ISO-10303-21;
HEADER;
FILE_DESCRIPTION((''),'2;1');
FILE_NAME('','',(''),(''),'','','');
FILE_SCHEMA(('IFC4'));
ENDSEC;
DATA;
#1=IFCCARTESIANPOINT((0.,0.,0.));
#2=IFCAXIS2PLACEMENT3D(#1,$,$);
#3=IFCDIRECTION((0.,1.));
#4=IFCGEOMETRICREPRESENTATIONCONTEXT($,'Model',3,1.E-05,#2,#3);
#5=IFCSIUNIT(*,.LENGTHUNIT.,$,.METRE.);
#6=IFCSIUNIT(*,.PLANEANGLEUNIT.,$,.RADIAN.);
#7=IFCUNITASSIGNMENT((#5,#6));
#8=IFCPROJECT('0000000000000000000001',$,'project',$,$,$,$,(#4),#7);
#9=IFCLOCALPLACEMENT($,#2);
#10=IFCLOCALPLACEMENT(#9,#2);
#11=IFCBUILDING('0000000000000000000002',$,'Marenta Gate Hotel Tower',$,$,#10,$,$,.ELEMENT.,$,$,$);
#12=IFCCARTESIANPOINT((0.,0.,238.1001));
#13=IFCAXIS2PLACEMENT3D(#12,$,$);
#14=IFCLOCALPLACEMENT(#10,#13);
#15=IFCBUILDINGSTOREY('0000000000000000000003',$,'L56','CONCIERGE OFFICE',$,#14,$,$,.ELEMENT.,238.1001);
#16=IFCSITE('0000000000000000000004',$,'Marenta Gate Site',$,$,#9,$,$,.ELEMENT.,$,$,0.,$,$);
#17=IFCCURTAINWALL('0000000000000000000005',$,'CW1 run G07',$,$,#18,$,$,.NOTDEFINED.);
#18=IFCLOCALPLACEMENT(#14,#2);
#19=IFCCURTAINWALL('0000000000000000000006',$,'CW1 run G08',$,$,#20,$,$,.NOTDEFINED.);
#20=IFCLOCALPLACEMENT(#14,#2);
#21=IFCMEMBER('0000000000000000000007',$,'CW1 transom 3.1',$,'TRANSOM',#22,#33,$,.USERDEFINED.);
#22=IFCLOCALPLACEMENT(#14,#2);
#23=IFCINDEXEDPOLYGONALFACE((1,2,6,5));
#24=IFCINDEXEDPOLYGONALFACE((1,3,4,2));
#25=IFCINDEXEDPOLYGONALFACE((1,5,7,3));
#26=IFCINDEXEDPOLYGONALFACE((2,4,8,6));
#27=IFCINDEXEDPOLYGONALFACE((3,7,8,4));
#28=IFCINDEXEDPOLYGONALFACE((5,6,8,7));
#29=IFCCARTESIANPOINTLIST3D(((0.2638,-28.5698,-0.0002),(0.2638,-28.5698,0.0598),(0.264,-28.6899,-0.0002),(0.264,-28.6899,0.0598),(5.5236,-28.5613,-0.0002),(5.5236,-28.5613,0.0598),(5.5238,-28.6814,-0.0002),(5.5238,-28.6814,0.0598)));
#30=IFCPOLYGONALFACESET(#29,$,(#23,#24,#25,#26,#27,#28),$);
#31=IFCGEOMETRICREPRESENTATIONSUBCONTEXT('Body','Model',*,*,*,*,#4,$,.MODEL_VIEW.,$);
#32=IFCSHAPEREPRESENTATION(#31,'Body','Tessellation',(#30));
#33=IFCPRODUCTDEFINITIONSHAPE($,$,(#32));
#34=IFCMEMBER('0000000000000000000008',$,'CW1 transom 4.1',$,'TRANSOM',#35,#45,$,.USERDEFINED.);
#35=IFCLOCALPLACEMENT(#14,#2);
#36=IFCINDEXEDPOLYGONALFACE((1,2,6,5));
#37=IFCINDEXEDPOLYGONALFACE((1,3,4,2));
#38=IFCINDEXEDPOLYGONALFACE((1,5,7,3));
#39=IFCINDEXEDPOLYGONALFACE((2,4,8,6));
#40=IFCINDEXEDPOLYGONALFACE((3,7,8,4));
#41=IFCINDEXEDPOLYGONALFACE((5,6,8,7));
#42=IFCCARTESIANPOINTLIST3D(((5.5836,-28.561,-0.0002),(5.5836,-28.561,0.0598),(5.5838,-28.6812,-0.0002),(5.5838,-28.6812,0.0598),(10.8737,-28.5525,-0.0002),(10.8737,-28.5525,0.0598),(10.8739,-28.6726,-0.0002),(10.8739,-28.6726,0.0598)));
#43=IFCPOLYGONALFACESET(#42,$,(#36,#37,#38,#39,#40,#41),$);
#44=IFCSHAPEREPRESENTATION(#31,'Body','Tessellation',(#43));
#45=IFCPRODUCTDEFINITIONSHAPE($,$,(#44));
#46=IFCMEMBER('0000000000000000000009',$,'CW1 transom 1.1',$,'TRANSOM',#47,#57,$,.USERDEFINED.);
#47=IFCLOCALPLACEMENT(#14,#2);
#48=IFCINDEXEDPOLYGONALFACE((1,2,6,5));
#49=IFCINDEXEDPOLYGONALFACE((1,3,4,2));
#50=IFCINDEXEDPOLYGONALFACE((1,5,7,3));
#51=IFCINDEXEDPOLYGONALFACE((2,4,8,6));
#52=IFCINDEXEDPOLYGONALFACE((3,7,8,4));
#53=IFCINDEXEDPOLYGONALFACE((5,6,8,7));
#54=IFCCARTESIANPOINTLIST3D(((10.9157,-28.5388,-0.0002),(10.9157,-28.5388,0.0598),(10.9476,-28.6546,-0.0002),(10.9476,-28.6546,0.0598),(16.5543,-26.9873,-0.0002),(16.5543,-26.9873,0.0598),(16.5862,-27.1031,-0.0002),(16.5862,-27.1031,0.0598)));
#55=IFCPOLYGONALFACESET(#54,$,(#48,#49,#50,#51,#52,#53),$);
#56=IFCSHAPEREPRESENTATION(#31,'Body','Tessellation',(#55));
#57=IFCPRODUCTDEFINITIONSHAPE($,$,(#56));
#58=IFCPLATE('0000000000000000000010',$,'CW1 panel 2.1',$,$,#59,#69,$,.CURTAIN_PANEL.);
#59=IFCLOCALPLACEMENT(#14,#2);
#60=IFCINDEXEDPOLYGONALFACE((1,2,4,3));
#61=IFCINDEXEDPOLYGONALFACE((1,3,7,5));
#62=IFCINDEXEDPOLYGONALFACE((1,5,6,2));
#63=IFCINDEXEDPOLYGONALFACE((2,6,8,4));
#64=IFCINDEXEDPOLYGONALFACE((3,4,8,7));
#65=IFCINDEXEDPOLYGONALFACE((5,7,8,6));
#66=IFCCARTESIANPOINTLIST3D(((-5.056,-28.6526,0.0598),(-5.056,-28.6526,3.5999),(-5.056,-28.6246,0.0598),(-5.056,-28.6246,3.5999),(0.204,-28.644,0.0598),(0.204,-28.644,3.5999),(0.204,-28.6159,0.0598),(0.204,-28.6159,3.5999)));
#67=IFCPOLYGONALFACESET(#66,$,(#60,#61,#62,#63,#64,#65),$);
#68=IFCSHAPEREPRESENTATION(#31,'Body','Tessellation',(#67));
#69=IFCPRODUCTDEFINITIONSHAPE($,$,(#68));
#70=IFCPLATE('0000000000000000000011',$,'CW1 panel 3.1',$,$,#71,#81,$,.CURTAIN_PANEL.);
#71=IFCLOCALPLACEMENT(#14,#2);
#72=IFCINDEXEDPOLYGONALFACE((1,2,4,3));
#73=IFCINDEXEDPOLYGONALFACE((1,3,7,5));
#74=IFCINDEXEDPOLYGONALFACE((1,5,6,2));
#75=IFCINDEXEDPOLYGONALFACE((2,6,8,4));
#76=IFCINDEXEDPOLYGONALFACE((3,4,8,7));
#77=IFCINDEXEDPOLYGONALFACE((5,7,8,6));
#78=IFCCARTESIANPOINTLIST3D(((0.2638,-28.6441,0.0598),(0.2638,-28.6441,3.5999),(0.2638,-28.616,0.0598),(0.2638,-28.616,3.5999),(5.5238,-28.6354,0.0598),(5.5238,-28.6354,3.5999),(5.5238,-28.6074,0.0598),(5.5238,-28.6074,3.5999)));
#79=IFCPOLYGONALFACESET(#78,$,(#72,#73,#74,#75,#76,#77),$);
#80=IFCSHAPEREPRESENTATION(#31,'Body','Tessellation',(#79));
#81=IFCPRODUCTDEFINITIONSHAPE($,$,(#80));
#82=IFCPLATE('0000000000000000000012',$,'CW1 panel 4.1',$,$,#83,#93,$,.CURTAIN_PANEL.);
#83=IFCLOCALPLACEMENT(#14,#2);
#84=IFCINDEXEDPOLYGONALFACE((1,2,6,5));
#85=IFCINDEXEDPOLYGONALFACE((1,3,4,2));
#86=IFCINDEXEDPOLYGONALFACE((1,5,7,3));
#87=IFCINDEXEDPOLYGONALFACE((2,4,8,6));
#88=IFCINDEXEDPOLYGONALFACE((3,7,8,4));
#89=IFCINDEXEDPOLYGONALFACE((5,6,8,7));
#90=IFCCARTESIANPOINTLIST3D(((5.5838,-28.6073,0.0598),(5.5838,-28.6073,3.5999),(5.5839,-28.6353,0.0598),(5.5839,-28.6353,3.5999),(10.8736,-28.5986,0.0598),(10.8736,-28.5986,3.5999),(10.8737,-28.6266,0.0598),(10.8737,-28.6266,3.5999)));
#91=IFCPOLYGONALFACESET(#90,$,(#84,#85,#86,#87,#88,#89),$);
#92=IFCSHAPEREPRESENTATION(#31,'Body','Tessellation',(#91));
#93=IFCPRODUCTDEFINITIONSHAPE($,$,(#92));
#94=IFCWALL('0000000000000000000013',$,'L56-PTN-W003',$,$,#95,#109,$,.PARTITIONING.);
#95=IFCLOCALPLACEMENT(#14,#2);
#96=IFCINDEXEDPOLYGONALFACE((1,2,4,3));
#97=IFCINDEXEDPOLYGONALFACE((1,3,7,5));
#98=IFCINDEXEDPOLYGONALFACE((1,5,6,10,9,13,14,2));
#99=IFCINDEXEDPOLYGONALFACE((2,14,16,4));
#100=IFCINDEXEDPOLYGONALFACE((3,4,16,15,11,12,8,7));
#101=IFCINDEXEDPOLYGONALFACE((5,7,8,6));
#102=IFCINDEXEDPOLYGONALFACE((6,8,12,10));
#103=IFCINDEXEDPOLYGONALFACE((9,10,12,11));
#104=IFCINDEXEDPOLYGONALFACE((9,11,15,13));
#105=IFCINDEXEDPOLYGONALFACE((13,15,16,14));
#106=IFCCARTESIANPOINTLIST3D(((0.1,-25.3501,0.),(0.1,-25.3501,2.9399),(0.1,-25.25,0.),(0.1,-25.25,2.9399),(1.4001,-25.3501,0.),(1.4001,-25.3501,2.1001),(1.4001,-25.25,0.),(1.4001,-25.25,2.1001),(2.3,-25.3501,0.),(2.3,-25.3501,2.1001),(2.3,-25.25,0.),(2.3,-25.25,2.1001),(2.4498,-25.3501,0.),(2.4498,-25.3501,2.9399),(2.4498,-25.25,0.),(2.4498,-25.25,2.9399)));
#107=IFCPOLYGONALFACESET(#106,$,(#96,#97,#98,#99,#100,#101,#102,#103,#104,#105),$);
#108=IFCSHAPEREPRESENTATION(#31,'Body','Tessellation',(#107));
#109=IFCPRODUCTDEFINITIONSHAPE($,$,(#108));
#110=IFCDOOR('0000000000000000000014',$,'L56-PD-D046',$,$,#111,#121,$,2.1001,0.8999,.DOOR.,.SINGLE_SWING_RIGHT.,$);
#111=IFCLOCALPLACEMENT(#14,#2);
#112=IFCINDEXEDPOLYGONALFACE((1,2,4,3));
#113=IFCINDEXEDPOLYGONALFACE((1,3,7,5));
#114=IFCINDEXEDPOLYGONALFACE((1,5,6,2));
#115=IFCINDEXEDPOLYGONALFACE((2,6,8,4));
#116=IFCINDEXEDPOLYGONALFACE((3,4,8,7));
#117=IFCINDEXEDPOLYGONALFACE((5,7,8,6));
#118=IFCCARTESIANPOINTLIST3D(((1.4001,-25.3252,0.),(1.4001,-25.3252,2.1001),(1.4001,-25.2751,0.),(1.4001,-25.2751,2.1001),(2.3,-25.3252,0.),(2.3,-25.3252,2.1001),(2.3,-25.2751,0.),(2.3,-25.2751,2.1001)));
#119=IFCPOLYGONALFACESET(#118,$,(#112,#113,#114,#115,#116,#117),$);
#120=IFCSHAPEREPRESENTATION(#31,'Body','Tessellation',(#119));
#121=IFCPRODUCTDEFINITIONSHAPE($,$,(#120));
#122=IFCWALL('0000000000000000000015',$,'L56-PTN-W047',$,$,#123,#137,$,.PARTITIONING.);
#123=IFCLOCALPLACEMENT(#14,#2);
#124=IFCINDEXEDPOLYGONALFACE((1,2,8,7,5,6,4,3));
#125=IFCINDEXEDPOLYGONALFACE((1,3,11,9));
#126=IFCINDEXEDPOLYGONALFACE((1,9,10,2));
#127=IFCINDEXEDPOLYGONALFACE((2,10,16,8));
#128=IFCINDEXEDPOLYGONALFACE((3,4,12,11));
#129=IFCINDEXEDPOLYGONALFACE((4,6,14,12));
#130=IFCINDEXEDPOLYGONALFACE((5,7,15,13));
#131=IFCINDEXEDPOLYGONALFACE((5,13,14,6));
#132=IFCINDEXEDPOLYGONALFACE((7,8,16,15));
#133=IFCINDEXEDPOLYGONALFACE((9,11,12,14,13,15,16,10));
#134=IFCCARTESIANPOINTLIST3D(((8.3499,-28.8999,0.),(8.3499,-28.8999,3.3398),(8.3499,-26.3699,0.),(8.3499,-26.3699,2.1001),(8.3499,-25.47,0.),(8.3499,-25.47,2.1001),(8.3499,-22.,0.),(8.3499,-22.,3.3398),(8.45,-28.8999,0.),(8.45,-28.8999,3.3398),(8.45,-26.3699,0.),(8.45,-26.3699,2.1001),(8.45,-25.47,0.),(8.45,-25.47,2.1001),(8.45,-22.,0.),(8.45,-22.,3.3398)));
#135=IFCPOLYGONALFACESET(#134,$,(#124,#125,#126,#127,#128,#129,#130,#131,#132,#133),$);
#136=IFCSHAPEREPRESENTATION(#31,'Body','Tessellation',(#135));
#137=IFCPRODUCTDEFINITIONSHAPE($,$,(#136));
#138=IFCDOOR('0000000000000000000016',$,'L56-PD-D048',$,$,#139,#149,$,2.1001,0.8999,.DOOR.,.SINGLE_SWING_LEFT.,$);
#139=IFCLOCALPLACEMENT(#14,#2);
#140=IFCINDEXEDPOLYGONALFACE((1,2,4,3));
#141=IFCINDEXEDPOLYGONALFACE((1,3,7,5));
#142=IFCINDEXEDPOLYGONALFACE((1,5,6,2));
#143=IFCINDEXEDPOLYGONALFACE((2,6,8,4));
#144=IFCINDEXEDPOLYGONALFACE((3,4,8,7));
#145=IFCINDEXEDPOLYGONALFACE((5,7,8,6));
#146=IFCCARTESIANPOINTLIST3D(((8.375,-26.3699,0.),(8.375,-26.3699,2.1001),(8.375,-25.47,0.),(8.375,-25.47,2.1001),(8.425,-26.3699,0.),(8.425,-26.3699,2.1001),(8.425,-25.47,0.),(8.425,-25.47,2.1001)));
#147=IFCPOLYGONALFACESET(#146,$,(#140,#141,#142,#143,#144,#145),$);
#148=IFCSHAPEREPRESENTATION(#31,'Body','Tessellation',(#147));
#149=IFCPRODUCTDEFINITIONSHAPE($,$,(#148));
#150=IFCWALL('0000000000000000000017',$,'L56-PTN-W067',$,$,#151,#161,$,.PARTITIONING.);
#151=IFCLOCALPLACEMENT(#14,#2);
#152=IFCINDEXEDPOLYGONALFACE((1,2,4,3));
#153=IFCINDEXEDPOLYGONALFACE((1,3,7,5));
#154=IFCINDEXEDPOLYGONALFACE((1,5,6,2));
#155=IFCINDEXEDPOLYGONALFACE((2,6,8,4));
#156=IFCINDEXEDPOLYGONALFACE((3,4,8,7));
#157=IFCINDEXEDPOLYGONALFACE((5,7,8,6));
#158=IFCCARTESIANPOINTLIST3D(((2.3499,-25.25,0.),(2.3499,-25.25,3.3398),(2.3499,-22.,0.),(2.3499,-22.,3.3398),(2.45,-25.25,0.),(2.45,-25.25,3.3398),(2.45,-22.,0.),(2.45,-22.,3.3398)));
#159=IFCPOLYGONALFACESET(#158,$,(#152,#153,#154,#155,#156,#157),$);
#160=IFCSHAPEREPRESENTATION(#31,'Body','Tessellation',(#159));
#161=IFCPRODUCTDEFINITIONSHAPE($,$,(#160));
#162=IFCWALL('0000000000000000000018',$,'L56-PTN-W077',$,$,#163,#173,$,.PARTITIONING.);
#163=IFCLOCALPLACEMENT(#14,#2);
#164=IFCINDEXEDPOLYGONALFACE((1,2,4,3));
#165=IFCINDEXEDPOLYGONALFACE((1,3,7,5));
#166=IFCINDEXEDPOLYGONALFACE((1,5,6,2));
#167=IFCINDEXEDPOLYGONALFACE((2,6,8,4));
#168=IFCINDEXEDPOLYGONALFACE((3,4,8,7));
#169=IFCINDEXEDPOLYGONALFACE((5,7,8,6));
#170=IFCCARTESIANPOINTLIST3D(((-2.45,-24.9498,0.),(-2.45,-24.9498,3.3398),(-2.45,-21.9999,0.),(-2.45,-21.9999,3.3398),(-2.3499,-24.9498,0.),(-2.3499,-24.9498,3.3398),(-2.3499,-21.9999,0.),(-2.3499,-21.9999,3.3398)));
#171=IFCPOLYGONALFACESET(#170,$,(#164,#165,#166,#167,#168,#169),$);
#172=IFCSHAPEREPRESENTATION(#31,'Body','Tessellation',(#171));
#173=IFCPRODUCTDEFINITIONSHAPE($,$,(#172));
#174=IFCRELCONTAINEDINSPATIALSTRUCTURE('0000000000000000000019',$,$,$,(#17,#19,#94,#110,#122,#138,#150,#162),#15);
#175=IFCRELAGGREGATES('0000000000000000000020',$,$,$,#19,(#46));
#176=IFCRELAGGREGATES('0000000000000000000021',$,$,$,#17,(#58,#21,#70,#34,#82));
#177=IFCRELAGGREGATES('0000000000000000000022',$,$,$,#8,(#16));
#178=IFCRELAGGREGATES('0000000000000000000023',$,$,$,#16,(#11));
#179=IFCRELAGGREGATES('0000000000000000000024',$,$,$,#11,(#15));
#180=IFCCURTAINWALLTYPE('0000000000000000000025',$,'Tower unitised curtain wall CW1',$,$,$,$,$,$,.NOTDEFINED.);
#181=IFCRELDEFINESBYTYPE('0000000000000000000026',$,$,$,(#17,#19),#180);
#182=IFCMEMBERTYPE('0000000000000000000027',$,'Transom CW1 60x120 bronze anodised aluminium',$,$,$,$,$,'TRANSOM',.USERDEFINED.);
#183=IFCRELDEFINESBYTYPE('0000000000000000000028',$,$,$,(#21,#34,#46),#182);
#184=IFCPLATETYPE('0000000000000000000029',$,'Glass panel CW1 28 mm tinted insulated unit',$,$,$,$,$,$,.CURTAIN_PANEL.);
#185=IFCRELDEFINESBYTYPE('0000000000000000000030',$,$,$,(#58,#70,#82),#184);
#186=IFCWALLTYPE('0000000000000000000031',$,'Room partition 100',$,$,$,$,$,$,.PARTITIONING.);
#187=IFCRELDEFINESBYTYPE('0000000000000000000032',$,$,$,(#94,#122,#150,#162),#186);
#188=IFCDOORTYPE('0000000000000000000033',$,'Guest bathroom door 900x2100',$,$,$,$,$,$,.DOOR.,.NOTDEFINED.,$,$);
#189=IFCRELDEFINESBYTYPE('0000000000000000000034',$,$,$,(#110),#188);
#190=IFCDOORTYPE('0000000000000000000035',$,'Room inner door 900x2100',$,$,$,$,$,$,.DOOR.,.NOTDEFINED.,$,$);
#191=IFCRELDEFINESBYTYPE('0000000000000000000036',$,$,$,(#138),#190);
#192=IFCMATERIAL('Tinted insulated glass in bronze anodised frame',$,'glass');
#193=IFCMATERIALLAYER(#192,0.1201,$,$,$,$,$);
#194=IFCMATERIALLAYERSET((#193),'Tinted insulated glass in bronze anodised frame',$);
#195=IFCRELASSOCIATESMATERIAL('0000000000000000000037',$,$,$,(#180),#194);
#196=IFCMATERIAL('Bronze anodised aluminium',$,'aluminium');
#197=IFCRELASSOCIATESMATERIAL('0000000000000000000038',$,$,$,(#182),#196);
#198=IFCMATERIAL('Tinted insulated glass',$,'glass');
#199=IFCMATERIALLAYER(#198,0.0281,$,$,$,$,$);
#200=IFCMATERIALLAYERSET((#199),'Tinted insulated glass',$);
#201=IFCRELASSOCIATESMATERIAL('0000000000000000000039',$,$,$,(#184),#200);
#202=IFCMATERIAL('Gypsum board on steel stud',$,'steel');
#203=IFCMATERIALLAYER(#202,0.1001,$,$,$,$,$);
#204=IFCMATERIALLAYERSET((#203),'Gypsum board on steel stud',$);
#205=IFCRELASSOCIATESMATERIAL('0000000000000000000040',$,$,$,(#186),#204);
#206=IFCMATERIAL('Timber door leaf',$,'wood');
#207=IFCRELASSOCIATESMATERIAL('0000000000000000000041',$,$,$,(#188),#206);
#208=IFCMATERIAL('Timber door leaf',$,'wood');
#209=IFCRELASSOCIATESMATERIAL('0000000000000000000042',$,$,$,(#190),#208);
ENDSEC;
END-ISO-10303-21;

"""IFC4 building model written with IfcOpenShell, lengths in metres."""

from ifc_helpers import new_model, si_unit, direction, frame, frame_2d, origin, origin_2d, place, context, subcontext, project, spatial, rectangle, extrude, material, layer, layer_set, material_profile, profile_set, type_object, element, fill, aggregate, save


model = new_model("IFC4")

# Units and contexts
model_context = context("Model", 3, precision=1e-05, world=origin(), true_north=direction((0.0, 1.0)))
body_context = subcontext(model_context, "Body", "Model", "MODEL_VIEW")
ifc_project = project(units=[si_unit("LENGTHUNIT", "METRE"), si_unit("PLANEANGLEUNIT", "RADIAN")], contexts=[model_context])

# Site, building, storey
site_placement = place(None, origin())
site = spatial("IfcSite", under=ifc_project, at=site_placement, Name="Marenta Gate Site", CompositionType="ELEMENT", RefElevation=0.0)
building_placement = place(site_placement, origin())
building = spatial("IfcBuilding", under=site, at=building_placement, Name="Marenta Gate Hotel Tower", CompositionType="ELEMENT")
storey_placement = place(building_placement, frame((0.0, 0.0, 238.1001)))
storey = spatial("IfcBuildingStorey", under=building, at=storey_placement, Name="L56", Description="CONCIERGE OFFICE", CompositionType="ELEMENT", Elevation=238.1001)

# Curtain wall
ifc_material_1 = material(Name="Tinted insulated glass in bronze anodised frame", Category="glass")
ifc_layer_1 = layer(ifc_material_1, 0.1201)
ifc_layer_set_1 = layer_set([ifc_layer_1], Name="Tinted insulated glass in bronze anodised frame")
curtain_wall_type = type_object("IfcCurtainWallType", Name="Tower unitised curtain wall CW1", PredefinedType="NOTDEFINED", material=ifc_layer_set_1)
curtain_wall_1_placement = place(storey_placement, origin())
curtain_wall_1 = element("IfcCurtainWall", 1, at=curtain_wall_1_placement, inside=storey, type_object=curtain_wall_type, Name="CW1 run G07", PredefinedType="NOTDEFINED")

# Curtain wall
curtain_wall_2_placement = place(storey_placement, origin())
curtain_wall_2 = element("IfcCurtainWall", 2, at=curtain_wall_2_placement, inside=storey, type_object=curtain_wall_type, Name="CW1 run G08", PredefinedType="NOTDEFINED")

# Members
ifc_material_2 = material(Name="Bronze anodised aluminium", Category="aluminium")
ifc_material_profile_1 = material_profile(ifc_material_2, rectangle(XDim=0.1201, YDim=0.0601, at=origin_2d()), Name="Transom CW1 60x120 bronze anodised aluminium")
ifc_profile_set_1 = profile_set([ifc_material_profile_1], Name="Bronze anodised aluminium")
member_type_1 = type_object("IfcMemberType", Name="Transom CW1 60x120 bronze anodised aluminium", ElementType="TRANSOM", PredefinedType="USERDEFINED", material=ifc_profile_set_1)
member_1_placement = place(storey_placement, frame((0.2639, -28.6299, 0.0298), z_axis=(0.999999, 0.001625, 0.0), x_axis=(-0.001625, 0.999999, 0.0)))
member_1 = element("IfcMember", 3, at=member_1_placement, type_object=member_type_1, Name="CW1 transom 3.1", ObjectType="TRANSOM", PredefinedType="USERDEFINED", context=body_context, shape_type="SweptSolid", body=[
    extrude(rectangle(XDim=0.1201, YDim=0.0601, at=origin_2d()), origin(), (0.0, 0.0, 1.0), 5.2598),
])
member_2_placement = place(storey_placement, frame((5.5837, -28.6211, 0.0298), z_axis=(0.999999, 0.001615, 0.0), x_axis=(-0.001615, 0.999999, 0.0)))
member_2 = element("IfcMember", 4, at=member_2_placement, type_object=member_type_1, Name="CW1 transom 4.1", ObjectType="TRANSOM", PredefinedType="USERDEFINED", context=body_context, shape_type="SweptSolid", body=[
    extrude(rectangle(XDim=0.1201, YDim=0.0601, at=origin_2d()), origin(), (0.0, 0.0, 1.0), 5.29),
])
member_3_placement = place(storey_placement, frame((10.9316, -28.5967, 0.0298), z_axis=(0.964167, 0.265296, 0.0), x_axis=(-0.265296, 0.964167, 0.0)))
member_3 = element("IfcMember", 5, at=member_3_placement, type_object=member_type_1, Name="CW1 transom 1.1", ObjectType="TRANSOM", PredefinedType="USERDEFINED", context=body_context, shape_type="SweptSolid", body=[
    extrude(rectangle(XDim=0.1201, YDim=0.0601, at=origin_2d()), origin(), (0.0, 0.0, 1.0), 5.8481),
])
aggregate(curtain_wall_2, [member_3])

# Plates
ifc_material_3 = material(Name="Tinted insulated glass", Category="glass")
ifc_layer_2 = layer(ifc_material_3, 0.0281)
ifc_layer_set_2 = layer_set([ifc_layer_2], Name="Tinted insulated glass")
plate_type = type_object("IfcPlateType", Name="Glass panel CW1 28 mm tinted insulated unit", PredefinedType="CURTAIN_PANEL", material=ifc_layer_set_2)
plate_1_placement = place(storey_placement, frame((-2.426, -28.6343, 0.0598), z_axis=(0.0, 0.0, 1.0), x_axis=(0.999999, 0.001645, 0.0)))
plate_1 = element("IfcPlate", 6, at=plate_1_placement, type_object=plate_type, Name="CW1 panel 2.1", PredefinedType="CURTAIN_PANEL", context=body_context, shape_type="SweptSolid", body=[
    extrude(rectangle(XDim=5.26, YDim=0.0281, at=origin_2d()), origin(), (0.0, 0.0, 1.0), 3.54),
])
plate_2_placement = place(storey_placement, frame((2.8938, -28.6257, 0.0598), z_axis=(0.0, 0.0, 1.0), x_axis=(0.999999, 0.001645, 0.0)))
plate_2 = element("IfcPlate", 7, at=plate_2_placement, type_object=plate_type, Name="CW1 panel 3.1", PredefinedType="CURTAIN_PANEL", context=body_context, shape_type="SweptSolid", body=[
    extrude(rectangle(XDim=5.26, YDim=0.0281, at=origin_2d()), origin(), (0.0, 0.0, 1.0), 3.54),
])
plate_3_placement = place(storey_placement, frame((8.2288, -28.6169, 0.0598), z_axis=(0.0, 0.0, 1.0), x_axis=(0.999999, 0.001645, 0.0)))
plate_3 = element("IfcPlate", 8, at=plate_3_placement, type_object=plate_type, Name="CW1 panel 4.1", PredefinedType="CURTAIN_PANEL", context=body_context, shape_type="SweptSolid", body=[
    extrude(rectangle(XDim=5.2898, YDim=0.0281, at=origin_2d()), origin(), (0.0, 0.0, 1.0), 3.54),
])
aggregate(curtain_wall_1, [plate_1, member_1, plate_2, member_2, plate_3])

# Walls, openings, doors
ifc_material_4 = material(Name="Gypsum board on steel stud", Category="steel")
ifc_layer_3 = layer(ifc_material_4, 0.1001)
ifc_layer_set_3 = layer_set([ifc_layer_3], Name="Gypsum board on steel stud")
wall_type_1 = type_object("IfcWallType", Name="Room partition 100", PredefinedType="PARTITIONING", material=ifc_layer_set_3)
wall_1_placement = place(storey_placement, frame((0.1001, -25.3, 0.0), z_axis=(0.0, 0.0, 1.0), x_axis=(1.0, 0.0, 0.0)))
wall_1 = element("IfcWall", 9, at=wall_1_placement, inside=storey, type_object=wall_type_1, Name="L56-PTN-W003", PredefinedType="PARTITIONING", context=body_context, shape_type="SweptSolid", body=[
    extrude(rectangle(XDim=2.3499, YDim=0.1001, at=frame_2d((1.1748, 0.0))), origin(), (0.0, 0.0, 1.0), 2.9399),
])
opening_1_placement = place(wall_1_placement, frame((1.3, 0.0, 0.0)))
opening_1 = element("IfcOpeningElement", 10, at=opening_1_placement, cuts=wall_1, PredefinedType="OPENING", context=body_context, shape_type="SweptSolid", body=[
    extrude(rectangle(XDim=0.8999, YDim=2.1001, at=frame_2d((0.45, 1.05))), frame((0.0, 0.05, 0.0), z_axis=(0.0, -1.0, 0.0), x_axis=(1.0, 0.0, 0.0)), (0.0, 0.0, 1.0), 0.1001),
])
ifc_material_5 = material(Name="Timber door leaf", Category="wood")
door_type_1 = type_object("IfcDoorType", Name="Guest bathroom door 900x2100", OperationType="NOTDEFINED", PredefinedType="DOOR", material=ifc_material_5)
door_1_placement = place(opening_1_placement, origin())
door_1 = element("IfcDoor", 11, at=door_1_placement, inside=storey, type_object=door_type_1, Name="L56-PD-D046", OperationType="SINGLE_SWING_RIGHT", OverallHeight=2.1001, OverallWidth=0.8999, PredefinedType="DOOR", context=body_context, shape_type="SweptSolid", body=[
    extrude(rectangle(XDim=0.8999, YDim=2.1001, at=frame_2d((0.45, 1.05))), frame((0.0, 0.0249, 0.0), z_axis=(0.0, -1.0, 0.0), x_axis=(1.0, 0.0, 0.0)), (0.0, 0.0, 1.0), 0.05),
])
fill(opening_1, door_1)
wall_2_placement = place(storey_placement, frame((8.3999, -28.8999, 0.0), z_axis=(0.0, 0.0, 1.0), x_axis=(0.0, 1.0, 0.0)))
wall_2 = element("IfcWall", 12, at=wall_2_placement, inside=storey, type_object=wall_type_1, Name="L56-PTN-W047", PredefinedType="PARTITIONING", context=body_context, shape_type="SweptSolid", body=[
    extrude(rectangle(XDim=6.8999, YDim=0.1001, at=frame_2d((3.45, 0.0))), origin(), (0.0, 0.0, 1.0), 3.3398),
])
opening_2_placement = place(wall_2_placement, frame((2.53, 0.0, 0.0)))
opening_2 = element("IfcOpeningElement", 13, at=opening_2_placement, cuts=wall_2, PredefinedType="OPENING", context=body_context, shape_type="SweptSolid", body=[
    extrude(rectangle(XDim=0.8999, YDim=2.1001, at=frame_2d((0.45, 1.05))), frame((0.0, 0.05, 0.0), z_axis=(0.0, -1.0, 0.0), x_axis=(1.0, 0.0, 0.0)), (0.0, 0.0, 1.0), 0.1001),
])
ifc_material_6 = material(Name="Timber door leaf", Category="wood")
door_type_2 = type_object("IfcDoorType", Name="Room inner door 900x2100", OperationType="NOTDEFINED", PredefinedType="DOOR", material=ifc_material_6)
door_2_placement = place(opening_2_placement, origin())
door_2 = element("IfcDoor", 14, at=door_2_placement, inside=storey, type_object=door_type_2, Name="L56-PD-D048", OperationType="SINGLE_SWING_LEFT", OverallHeight=2.1001, OverallWidth=0.8999, PredefinedType="DOOR", context=body_context, shape_type="SweptSolid", body=[
    extrude(rectangle(XDim=0.8999, YDim=2.1001, at=frame_2d((0.45, 1.05))), frame((0.0, 0.0249, 0.0), z_axis=(0.0, -1.0, 0.0), x_axis=(1.0, 0.0, 0.0)), (0.0, 0.0, 1.0), 0.05),
])
fill(opening_2, door_2)

# Walls
wall_3_placement = place(storey_placement, frame((2.3999, -25.25, 0.0), z_axis=(0.0, 0.0, 1.0), x_axis=(0.0, 1.0, 0.0)))
element("IfcWall", 15, at=wall_3_placement, inside=storey, type_object=wall_type_1, Name="L56-PTN-W067", PredefinedType="PARTITIONING", context=body_context, shape_type="SweptSolid", body=[
    extrude(rectangle(XDim=3.25, YDim=0.1001, at=frame_2d((1.625, 0.0))), origin(), (0.0, 0.0, 1.0), 3.3398),
])
wall_4_placement = place(storey_placement, frame((-2.3999, -24.95, 0.0), z_axis=(0.0, 0.0, 1.0), x_axis=(0.0, 1.0, 0.0)))
element("IfcWall", 16, at=wall_4_placement, inside=storey, type_object=wall_type_1, Name="L56-PTN-W077", PredefinedType="PARTITIONING", context=body_context, shape_type="SweptSolid", body=[
    extrude(rectangle(XDim=2.95, YDim=0.1001, at=frame_2d((1.4751, 0.0))), origin(), (0.0, 0.0, 1.0), 3.3398),
])

save(model, "model.ifc")
